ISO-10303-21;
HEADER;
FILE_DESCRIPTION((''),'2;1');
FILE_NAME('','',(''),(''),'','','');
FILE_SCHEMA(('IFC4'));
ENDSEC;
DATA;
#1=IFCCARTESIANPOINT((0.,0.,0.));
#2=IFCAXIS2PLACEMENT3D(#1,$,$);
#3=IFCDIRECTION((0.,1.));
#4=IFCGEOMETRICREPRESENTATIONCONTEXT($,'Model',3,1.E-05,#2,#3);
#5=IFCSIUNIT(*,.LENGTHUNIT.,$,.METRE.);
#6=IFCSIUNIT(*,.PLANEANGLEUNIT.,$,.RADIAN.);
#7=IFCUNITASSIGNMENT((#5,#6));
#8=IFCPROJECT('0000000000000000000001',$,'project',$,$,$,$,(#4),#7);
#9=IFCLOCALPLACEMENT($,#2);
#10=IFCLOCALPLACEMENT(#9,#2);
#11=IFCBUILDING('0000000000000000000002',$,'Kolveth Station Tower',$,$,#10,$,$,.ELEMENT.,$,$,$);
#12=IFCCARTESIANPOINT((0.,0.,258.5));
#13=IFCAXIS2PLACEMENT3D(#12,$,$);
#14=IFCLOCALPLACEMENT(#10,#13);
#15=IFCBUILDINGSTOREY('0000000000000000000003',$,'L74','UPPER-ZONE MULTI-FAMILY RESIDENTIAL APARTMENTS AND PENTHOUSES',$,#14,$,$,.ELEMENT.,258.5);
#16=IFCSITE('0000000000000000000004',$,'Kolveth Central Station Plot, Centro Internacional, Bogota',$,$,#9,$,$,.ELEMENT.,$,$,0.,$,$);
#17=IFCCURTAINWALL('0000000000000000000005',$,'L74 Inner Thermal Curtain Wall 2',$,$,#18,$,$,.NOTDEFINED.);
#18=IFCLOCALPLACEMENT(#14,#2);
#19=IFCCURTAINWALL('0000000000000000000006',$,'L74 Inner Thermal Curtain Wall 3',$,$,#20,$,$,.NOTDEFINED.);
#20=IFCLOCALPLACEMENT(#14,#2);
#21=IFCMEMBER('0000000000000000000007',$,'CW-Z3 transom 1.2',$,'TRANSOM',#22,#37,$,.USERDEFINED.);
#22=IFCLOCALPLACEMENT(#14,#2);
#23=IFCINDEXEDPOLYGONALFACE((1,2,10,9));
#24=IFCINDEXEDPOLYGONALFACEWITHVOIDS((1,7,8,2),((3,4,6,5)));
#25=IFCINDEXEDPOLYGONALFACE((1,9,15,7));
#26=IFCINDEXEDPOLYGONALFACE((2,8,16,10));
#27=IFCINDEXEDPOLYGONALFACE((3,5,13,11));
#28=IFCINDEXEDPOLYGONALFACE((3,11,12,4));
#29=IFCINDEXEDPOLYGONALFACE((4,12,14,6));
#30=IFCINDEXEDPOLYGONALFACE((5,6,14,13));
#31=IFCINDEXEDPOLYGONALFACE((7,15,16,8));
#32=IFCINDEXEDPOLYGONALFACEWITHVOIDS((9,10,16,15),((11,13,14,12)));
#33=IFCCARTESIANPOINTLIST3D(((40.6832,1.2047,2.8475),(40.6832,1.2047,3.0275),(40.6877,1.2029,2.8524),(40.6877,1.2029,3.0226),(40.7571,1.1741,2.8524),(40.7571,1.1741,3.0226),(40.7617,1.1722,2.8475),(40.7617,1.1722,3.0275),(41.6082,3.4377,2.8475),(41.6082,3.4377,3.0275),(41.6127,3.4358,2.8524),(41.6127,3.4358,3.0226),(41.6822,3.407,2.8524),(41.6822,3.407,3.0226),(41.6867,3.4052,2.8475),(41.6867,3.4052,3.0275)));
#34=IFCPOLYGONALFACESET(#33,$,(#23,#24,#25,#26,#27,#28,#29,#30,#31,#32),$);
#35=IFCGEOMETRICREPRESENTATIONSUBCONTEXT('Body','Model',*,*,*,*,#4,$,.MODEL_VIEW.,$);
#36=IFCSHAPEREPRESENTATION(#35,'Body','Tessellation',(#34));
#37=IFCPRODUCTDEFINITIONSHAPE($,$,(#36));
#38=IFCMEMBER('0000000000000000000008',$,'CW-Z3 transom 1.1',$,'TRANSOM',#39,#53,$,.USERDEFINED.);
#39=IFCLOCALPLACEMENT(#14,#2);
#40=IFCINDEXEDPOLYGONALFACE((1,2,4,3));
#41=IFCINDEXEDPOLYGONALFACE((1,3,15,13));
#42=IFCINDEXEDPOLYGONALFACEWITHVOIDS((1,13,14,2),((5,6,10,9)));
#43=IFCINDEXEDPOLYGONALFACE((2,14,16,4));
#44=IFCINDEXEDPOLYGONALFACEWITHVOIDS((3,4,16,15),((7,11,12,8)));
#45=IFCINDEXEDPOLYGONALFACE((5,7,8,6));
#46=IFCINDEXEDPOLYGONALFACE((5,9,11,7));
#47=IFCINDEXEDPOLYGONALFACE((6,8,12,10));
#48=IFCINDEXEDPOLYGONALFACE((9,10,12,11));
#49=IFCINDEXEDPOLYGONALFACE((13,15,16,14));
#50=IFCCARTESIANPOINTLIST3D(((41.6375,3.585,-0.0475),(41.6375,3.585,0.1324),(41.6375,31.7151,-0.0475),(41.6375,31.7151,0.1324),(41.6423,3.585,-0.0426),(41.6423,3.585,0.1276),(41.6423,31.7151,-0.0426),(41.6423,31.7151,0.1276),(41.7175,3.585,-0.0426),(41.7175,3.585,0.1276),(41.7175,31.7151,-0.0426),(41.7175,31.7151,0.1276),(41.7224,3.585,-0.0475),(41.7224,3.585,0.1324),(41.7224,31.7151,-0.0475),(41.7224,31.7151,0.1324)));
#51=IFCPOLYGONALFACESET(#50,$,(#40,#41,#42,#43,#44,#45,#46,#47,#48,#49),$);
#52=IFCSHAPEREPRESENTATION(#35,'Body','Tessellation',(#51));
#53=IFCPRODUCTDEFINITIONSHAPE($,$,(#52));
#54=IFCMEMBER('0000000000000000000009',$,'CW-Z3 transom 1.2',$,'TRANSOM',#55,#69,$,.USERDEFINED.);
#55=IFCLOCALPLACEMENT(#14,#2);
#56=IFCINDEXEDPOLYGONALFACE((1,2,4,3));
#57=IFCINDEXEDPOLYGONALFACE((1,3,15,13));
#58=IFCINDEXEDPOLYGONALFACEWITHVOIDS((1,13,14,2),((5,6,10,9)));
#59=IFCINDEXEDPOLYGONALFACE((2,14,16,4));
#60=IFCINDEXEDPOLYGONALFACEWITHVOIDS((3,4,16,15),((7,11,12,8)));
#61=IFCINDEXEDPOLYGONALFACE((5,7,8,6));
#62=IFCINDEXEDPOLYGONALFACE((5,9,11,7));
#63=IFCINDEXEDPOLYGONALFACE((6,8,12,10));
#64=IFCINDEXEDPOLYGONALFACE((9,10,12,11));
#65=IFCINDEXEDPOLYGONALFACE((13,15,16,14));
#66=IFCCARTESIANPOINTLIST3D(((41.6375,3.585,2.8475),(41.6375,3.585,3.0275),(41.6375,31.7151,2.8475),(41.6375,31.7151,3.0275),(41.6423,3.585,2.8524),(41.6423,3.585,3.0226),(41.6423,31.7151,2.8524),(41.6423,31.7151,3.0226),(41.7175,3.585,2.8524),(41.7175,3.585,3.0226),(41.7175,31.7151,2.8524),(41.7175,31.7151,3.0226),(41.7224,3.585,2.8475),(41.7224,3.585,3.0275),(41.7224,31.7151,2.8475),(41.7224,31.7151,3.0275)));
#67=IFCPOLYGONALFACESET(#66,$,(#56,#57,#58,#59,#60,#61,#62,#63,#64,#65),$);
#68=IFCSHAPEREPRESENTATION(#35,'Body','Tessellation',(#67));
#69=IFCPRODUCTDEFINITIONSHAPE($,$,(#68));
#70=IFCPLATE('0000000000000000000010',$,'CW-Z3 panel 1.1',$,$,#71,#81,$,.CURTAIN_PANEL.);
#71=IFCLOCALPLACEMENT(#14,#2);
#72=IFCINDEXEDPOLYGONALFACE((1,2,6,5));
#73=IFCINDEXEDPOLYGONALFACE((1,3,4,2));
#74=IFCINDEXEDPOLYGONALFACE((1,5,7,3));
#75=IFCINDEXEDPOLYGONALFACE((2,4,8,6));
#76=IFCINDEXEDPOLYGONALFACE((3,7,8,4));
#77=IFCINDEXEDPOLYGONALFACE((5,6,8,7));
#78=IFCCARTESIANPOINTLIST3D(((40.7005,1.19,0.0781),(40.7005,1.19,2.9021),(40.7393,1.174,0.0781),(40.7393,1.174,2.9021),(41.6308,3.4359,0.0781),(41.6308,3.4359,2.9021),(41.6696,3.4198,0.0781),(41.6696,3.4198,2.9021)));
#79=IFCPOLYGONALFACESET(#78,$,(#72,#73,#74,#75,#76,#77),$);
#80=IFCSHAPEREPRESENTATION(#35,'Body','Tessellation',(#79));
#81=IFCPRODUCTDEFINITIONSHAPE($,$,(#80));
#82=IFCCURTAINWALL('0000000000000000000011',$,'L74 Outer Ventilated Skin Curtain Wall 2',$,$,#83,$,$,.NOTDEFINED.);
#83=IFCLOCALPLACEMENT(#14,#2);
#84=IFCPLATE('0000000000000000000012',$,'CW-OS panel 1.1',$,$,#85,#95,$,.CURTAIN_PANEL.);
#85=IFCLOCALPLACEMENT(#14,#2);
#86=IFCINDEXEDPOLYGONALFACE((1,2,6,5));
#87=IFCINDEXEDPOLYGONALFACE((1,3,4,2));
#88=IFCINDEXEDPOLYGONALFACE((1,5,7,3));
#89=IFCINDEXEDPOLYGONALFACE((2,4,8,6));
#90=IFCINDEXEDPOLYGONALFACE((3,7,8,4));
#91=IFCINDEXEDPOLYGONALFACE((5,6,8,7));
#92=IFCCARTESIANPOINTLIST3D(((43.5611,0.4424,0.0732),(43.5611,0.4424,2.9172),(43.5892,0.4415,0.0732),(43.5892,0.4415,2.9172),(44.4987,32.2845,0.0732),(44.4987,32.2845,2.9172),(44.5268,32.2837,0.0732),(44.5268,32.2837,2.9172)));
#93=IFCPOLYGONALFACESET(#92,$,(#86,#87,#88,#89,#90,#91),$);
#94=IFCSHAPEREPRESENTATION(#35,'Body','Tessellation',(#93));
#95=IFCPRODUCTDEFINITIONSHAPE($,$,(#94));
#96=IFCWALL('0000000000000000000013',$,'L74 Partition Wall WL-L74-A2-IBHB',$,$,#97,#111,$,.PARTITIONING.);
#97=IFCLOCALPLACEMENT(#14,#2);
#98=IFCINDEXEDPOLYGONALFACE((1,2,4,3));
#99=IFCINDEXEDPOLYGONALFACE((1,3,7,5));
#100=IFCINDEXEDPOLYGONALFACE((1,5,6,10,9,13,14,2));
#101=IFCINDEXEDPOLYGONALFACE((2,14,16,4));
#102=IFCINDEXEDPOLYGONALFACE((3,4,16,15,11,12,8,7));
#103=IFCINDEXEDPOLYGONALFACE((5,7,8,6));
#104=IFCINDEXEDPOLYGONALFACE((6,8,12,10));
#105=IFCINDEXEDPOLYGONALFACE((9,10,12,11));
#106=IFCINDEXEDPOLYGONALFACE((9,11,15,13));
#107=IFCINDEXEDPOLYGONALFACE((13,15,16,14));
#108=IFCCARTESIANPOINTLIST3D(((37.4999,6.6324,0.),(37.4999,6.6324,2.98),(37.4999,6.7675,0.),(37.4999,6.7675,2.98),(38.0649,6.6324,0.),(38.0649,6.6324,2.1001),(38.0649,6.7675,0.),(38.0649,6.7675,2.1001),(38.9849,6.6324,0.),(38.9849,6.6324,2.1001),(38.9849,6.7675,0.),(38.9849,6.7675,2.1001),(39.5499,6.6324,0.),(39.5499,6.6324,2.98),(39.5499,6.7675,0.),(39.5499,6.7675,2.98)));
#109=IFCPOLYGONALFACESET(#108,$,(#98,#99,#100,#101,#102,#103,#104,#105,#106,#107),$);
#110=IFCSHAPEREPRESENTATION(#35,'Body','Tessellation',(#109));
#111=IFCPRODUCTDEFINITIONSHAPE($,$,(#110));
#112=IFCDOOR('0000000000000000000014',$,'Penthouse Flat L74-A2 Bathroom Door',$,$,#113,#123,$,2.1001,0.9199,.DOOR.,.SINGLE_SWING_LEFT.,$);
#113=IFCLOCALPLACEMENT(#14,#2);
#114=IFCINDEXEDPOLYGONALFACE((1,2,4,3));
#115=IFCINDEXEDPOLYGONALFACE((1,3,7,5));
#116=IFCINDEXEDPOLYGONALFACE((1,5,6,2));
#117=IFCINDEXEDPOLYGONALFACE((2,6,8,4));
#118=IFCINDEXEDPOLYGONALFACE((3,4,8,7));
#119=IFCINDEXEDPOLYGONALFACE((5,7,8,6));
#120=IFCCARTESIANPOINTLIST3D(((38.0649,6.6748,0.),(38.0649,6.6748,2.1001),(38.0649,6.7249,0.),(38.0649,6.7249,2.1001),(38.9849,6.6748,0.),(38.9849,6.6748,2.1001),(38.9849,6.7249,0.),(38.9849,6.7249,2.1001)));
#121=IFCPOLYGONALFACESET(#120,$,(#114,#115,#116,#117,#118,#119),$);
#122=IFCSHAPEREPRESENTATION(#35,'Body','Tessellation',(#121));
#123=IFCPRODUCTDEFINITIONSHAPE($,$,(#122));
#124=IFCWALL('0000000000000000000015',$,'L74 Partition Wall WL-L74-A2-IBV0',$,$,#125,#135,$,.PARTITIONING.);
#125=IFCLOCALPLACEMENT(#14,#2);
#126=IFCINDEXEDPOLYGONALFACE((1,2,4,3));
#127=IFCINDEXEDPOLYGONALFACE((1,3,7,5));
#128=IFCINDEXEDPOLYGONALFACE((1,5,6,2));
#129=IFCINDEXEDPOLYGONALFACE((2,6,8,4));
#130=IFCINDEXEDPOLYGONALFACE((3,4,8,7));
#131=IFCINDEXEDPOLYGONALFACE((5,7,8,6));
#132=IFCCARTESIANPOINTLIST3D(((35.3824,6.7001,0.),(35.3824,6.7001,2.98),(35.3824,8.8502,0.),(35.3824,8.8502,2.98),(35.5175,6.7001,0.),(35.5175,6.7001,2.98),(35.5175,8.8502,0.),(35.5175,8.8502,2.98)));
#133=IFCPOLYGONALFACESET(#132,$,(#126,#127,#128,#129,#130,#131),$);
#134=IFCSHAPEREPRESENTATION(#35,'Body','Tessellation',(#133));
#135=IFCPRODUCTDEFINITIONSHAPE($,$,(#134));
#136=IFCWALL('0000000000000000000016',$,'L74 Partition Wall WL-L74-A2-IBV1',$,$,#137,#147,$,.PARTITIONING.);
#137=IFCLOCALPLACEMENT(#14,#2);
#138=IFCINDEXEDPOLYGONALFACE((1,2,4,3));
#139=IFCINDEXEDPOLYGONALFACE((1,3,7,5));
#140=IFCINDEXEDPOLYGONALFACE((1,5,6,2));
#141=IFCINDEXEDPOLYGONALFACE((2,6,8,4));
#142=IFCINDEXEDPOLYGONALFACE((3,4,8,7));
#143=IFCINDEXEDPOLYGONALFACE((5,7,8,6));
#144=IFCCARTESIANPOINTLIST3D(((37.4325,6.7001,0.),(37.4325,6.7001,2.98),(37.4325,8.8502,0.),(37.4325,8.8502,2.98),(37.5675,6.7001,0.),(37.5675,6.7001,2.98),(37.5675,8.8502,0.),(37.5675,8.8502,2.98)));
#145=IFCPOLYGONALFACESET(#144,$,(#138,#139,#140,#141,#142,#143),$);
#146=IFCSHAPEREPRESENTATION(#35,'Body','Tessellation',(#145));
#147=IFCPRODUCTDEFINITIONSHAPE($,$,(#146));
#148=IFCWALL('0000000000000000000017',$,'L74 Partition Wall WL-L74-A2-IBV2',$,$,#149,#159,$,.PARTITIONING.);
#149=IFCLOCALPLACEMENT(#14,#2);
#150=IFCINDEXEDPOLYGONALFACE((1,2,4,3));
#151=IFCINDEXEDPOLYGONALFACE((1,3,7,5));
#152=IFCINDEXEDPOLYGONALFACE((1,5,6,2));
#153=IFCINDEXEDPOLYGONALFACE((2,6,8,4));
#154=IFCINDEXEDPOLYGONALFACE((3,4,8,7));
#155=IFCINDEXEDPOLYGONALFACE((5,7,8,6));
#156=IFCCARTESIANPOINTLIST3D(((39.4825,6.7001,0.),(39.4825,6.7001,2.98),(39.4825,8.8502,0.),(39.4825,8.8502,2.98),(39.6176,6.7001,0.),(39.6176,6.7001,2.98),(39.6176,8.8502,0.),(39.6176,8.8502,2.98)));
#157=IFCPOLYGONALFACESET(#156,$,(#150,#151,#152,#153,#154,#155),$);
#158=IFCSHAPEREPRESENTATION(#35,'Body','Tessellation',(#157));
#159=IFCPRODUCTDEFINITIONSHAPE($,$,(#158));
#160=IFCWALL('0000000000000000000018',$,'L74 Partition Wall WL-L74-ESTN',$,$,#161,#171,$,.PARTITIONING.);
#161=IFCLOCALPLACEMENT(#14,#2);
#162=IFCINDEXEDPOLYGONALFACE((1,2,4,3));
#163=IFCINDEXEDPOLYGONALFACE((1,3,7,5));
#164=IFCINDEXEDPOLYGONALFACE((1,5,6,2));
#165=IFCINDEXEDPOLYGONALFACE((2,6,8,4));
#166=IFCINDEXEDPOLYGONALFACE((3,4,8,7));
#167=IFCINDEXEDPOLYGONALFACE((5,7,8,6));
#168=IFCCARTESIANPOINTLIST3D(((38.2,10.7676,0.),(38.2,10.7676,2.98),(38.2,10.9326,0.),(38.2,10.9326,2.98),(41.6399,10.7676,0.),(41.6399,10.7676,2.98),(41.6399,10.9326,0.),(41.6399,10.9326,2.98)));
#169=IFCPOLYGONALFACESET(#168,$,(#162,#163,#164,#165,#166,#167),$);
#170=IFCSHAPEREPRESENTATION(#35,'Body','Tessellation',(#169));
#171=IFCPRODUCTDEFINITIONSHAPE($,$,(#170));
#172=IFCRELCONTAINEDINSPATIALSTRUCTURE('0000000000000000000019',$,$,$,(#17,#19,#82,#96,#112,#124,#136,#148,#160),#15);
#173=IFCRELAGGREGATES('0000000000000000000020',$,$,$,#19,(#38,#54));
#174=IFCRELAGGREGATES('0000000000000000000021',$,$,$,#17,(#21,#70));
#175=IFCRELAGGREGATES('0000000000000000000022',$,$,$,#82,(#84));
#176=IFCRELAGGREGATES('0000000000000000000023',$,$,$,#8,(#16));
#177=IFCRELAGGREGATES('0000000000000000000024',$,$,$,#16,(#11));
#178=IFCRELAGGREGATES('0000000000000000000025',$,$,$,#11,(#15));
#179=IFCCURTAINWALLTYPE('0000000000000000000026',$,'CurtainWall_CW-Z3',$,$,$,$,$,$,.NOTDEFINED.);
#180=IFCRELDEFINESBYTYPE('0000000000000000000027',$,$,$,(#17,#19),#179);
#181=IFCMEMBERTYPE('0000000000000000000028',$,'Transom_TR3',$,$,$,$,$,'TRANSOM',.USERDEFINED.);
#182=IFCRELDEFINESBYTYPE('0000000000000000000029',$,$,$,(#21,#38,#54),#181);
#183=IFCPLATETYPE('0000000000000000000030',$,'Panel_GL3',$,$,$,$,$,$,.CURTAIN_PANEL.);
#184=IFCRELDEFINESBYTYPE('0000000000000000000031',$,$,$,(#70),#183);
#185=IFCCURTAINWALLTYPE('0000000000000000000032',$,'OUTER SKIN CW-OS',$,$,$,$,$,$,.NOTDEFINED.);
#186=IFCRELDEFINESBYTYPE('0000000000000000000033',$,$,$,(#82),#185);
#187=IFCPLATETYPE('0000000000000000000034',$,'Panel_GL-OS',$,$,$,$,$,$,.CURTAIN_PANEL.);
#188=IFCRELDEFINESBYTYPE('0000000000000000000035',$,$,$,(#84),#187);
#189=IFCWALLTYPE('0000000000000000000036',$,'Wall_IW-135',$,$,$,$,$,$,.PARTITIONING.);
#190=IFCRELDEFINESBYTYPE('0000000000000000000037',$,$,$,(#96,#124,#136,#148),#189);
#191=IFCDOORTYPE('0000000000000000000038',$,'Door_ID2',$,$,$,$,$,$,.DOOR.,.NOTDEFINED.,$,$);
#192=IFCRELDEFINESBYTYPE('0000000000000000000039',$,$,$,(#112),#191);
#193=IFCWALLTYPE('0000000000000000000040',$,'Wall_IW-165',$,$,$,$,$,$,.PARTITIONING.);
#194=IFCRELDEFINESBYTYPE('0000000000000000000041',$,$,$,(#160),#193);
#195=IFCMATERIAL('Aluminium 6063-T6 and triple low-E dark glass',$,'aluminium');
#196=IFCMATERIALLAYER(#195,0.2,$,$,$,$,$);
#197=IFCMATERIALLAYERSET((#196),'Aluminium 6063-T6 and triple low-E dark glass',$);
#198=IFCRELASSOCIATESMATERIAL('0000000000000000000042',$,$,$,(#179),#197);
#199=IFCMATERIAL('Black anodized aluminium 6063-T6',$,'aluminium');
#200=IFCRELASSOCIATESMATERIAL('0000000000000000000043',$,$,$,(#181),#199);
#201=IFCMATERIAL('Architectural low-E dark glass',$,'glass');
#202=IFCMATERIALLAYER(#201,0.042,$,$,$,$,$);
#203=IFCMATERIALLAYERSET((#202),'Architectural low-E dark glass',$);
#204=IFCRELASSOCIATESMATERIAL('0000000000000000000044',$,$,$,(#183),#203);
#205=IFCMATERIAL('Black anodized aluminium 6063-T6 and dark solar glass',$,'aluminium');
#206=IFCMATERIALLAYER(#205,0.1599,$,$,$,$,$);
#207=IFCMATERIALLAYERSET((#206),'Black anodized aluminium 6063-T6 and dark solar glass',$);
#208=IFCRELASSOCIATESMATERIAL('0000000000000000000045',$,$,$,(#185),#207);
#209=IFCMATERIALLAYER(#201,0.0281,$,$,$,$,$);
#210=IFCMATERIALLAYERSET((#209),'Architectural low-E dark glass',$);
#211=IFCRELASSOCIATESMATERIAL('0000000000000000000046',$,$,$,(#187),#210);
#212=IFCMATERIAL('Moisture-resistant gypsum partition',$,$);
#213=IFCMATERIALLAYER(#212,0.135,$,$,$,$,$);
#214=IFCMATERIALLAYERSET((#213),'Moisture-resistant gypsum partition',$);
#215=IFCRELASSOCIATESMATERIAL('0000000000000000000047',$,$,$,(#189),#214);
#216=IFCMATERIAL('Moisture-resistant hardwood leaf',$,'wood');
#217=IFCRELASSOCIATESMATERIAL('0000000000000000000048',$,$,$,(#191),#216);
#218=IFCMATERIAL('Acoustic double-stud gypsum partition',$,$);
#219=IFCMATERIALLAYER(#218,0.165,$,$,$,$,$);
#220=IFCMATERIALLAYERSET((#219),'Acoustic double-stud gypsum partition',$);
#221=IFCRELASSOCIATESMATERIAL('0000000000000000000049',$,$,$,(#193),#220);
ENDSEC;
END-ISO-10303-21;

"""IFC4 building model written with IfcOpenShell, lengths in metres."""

from ifc_helpers import new_model, si_unit, direction, frame, frame_2d, origin, origin_2d, place, context, subcontext, project, spatial, rectangle, hollow_rectangle, extrude, source, transform, mapped, material, layer, layer_set, material_profile, profile_set, type_object, element, fill, aggregate, save


model = new_model("IFC4")

# Units and contexts
model_context = context("Model", 3, precision=1e-05, world=origin(), true_north=direction((0.0, 1.0)))
body_context = subcontext(model_context, "Body", "Model", "MODEL_VIEW")
ifc_project = project(units=[si_unit("LENGTHUNIT", "METRE"), si_unit("PLANEANGLEUNIT", "RADIAN")], contexts=[model_context])

# Site, building, storey
site_placement = place(None, origin())
site = spatial("IfcSite", under=ifc_project, at=site_placement, Name="Kolveth Central Station Plot, Centro Internacional, Bogota", CompositionType="ELEMENT", RefElevation=0.0)
building_placement = place(site_placement, origin())
building = spatial("IfcBuilding", under=site, at=building_placement, Name="Kolveth Station Tower", CompositionType="ELEMENT")
storey_placement = place(building_placement, frame((0.0, 0.0, 258.5)))
storey = spatial("IfcBuildingStorey", under=building, at=storey_placement, Name="L74", Description="UPPER-ZONE MULTI-FAMILY RESIDENTIAL APARTMENTS AND PENTHOUSES", CompositionType="ELEMENT", Elevation=258.5)

# Curtain wall
ifc_material_1 = material(Name="Aluminium 6063-T6 and triple low-E dark glass", Category="aluminium")
ifc_layer_1 = layer(ifc_material_1, 0.2)
ifc_layer_set_1 = layer_set([ifc_layer_1], Name="Aluminium 6063-T6 and triple low-E dark glass")
curtain_wall_type_1 = type_object("IfcCurtainWallType", Name="CurtainWall_CW-Z3", PredefinedType="NOTDEFINED", material=ifc_layer_set_1)
curtain_wall_1_placement = place(storey_placement, origin())
curtain_wall_1 = element("IfcCurtainWall", 1, at=curtain_wall_1_placement, inside=storey, type_object=curtain_wall_type_1, Name="L74 Inner Thermal Curtain Wall 2", PredefinedType="NOTDEFINED")
ifc_material_2 = material(Name="Black anodized aluminium 6063-T6", Category="aluminium")

# Curtain wall
curtain_wall_2_placement = place(storey_placement, origin())
curtain_wall_2 = element("IfcCurtainWall", 2, at=curtain_wall_2_placement, inside=storey, type_object=curtain_wall_type_1, Name="L74 Inner Thermal Curtain Wall 3", PredefinedType="NOTDEFINED")

# Members
ifc_material_profile_1 = material_profile(ifc_material_2, hollow_rectangle(XDim=0.085, YDim=0.1799, WallThickness=0.0049, at=origin_2d()), Name="ALU-85x180x5")
ifc_profile_set_1 = profile_set([ifc_material_profile_1], Name="Black anodized aluminium 6063-T6")
member_type_1 = type_object("IfcMemberType", Name="Transom_TR3", ElementType="TRANSOM", PredefinedType="USERDEFINED", material=ifc_profile_set_1)
shared_shape_1 = source(origin(), body_context, "Body", "SweptSolid", [
    extrude(hollow_rectangle(XDim=0.085, YDim=0.1799, WallThickness=0.0049, at=origin_2d()), origin(), (0.0, 0.0, 1.0), 2.417),
])
member_1_placement = place(storey_placement, frame((40.7224, 1.1885, 2.9375), z_axis=(0.382735, 0.923858, 0.0), x_axis=(-0.923858, 0.382735, 0.0)))
member_1 = element("IfcMember", 3, at=member_1_placement, type_object=member_type_1, Name="CW-Z3 transom 1.2", ObjectType="TRANSOM", PredefinedType="USERDEFINED", context=body_context, shape_type="MappedRepresentation", body=[
    mapped(shared_shape_1, transform((0.0, 0.0, 0.0), x_axis=(1.0, 0.0, 0.0), y_axis=(0.0, 1.0, 0.0), z_axis=(0.0, 0.0, 1.0), scale=1.0)),
])
shared_shape_2 = source(origin(), body_context, "Body", "SweptSolid", [
    extrude(hollow_rectangle(XDim=0.085, YDim=0.1799, WallThickness=0.0049, at=origin_2d()), origin(), (0.0, 0.0, 1.0), 28.1301),
])
member_2_placement = place(storey_placement, frame((41.6799, 3.585, 0.0425), z_axis=(0.0, 1.0, 0.0), x_axis=(-1.0, 0.0, 0.0)))
member_2 = element("IfcMember", 4, at=member_2_placement, type_object=member_type_1, Name="CW-Z3 transom 1.1", ObjectType="TRANSOM", PredefinedType="USERDEFINED", context=body_context, shape_type="MappedRepresentation", body=[
    mapped(shared_shape_2, transform((0.0, 0.0, 0.0), x_axis=(1.0, 0.0, 0.0), y_axis=(0.0, 1.0, 0.0), z_axis=(0.0, 0.0, 1.0), scale=1.0)),
])
member_3_placement = place(storey_placement, frame((41.6799, 3.585, 2.9375), z_axis=(0.0, 1.0, 0.0), x_axis=(-1.0, 0.0, 0.0)))
member_3 = element("IfcMember", 5, at=member_3_placement, type_object=member_type_1, Name="CW-Z3 transom 1.2", ObjectType="TRANSOM", PredefinedType="USERDEFINED", context=body_context, shape_type="MappedRepresentation", body=[
    mapped(shared_shape_2, transform((0.0, 0.0, 0.0), x_axis=(1.0, 0.0, 0.0), y_axis=(0.0, 1.0, 0.0), z_axis=(0.0, 0.0, 1.0), scale=1.0)),
])
aggregate(curtain_wall_2, [member_2, member_3])

# Plate
ifc_material_3 = material(Name="Architectural low-E dark glass", Category="glass")
ifc_layer_2 = layer(ifc_material_3, 0.042)
ifc_layer_set_2 = layer_set([ifc_layer_2], Name="Architectural low-E dark glass")
plate_type_1 = type_object("IfcPlateType", Name="Panel_GL3", PredefinedType="CURTAIN_PANEL", material=ifc_layer_set_2)
shared_shape_3 = source(origin(), body_context, "Body", "SweptSolid", [
    extrude(rectangle(XDim=2.4309, YDim=0.042, at=origin_2d()), origin(), (0.0, 0.0, 1.0), 2.824),
])
plate_1_placement = place(storey_placement, frame((41.1851, 2.3049, 0.0781), z_axis=(0.0, 0.0, 1.0), x_axis=(0.382693, 0.923875, 0.0)))
plate_1 = element("IfcPlate", 6, at=plate_1_placement, type_object=plate_type_1, Name="CW-Z3 panel 1.1", PredefinedType="CURTAIN_PANEL", context=body_context, shape_type="MappedRepresentation", body=[
    mapped(shared_shape_3, transform((0.0, 0.0, 0.0), x_axis=(1.0, 0.0, 0.0), y_axis=(0.0, 1.0, 0.0), z_axis=(0.0, 0.0, 1.0), scale=1.0)),
])
aggregate(curtain_wall_1, [member_1, plate_1])

# Curtain wall, plate
ifc_material_4 = material(Name="Black anodized aluminium 6063-T6 and dark solar glass", Category="aluminium")
ifc_layer_3 = layer(ifc_material_4, 0.1599)
ifc_layer_set_3 = layer_set([ifc_layer_3], Name="Black anodized aluminium 6063-T6 and dark solar glass")
curtain_wall_type_2 = type_object("IfcCurtainWallType", Name="OUTER SKIN CW-OS", PredefinedType="NOTDEFINED", material=ifc_layer_set_3)
curtain_wall_3_placement = place(storey_placement, origin())
curtain_wall_3 = element("IfcCurtainWall", 7, at=curtain_wall_3_placement, inside=storey, type_object=curtain_wall_type_2, Name="L74 Outer Ventilated Skin Curtain Wall 2", PredefinedType="NOTDEFINED")
ifc_layer_4 = layer(ifc_material_3, 0.0281)
ifc_layer_set_4 = layer_set([ifc_layer_4], Name="Architectural low-E dark glass")
plate_type_2 = type_object("IfcPlateType", Name="Panel_GL-OS", PredefinedType="CURTAIN_PANEL", material=ifc_layer_set_4)
shared_shape_4 = source(origin(), body_context, "Body", "SweptSolid", [
    extrude(rectangle(XDim=31.856, YDim=0.0281, at=origin_2d()), origin(), (0.0, 0.0, 1.0), 2.844),
])
plate_2_placement = place(storey_placement, frame((44.0439, 16.363, 0.0732), z_axis=(0.0, 0.0, 1.0), x_axis=(0.029433, 0.999567, 0.0)))
plate_2 = element("IfcPlate", 8, at=plate_2_placement, type_object=plate_type_2, Name="CW-OS panel 1.1", PredefinedType="CURTAIN_PANEL", context=body_context, shape_type="MappedRepresentation", body=[
    mapped(shared_shape_4, transform((0.0, 0.0, 0.0), x_axis=(1.0, 0.0, 0.0), y_axis=(0.0, 1.0, 0.0), z_axis=(0.0, 0.0, 1.0), scale=1.0)),
])
aggregate(curtain_wall_3, [plate_2])

# Wall, opening, door
ifc_material_5 = material(Name="Moisture-resistant gypsum partition")
ifc_layer_5 = layer(ifc_material_5, 0.135)
ifc_layer_set_5 = layer_set([ifc_layer_5], Name="Moisture-resistant gypsum partition")
wall_type_1 = type_object("IfcWallType", Name="Wall_IW-135", PredefinedType="PARTITIONING", material=ifc_layer_set_5)
wall_1_placement = place(storey_placement, frame((37.5, 6.7, 0.0), z_axis=(0.0, 0.0, 1.0), x_axis=(1.0, 0.0, 0.0)))
wall_1 = element("IfcWall", 9, at=wall_1_placement, inside=storey, type_object=wall_type_1, Name="L74 Partition Wall WL-L74-A2-IBHB", PredefinedType="PARTITIONING", context=body_context, shape_type="SweptSolid", body=[
    extrude(rectangle(XDim=2.05, YDim=0.135, at=frame_2d((1.0249, 0.0))), origin(), (0.0, 0.0, 1.0), 2.98),
])
opening_1_placement = place(wall_1_placement, frame((0.5649, 0.0, 0.0)))
opening_1 = element("IfcOpeningElement", 10, at=opening_1_placement, cuts=wall_1, PredefinedType="OPENING", context=body_context, shape_type="SweptSolid", body=[
    extrude(rectangle(XDim=0.9199, YDim=2.1001, at=frame_2d((0.46, 1.05))), frame((0.0, 0.0774, 0.0), z_axis=(0.0, -1.0, 0.0), x_axis=(1.0, 0.0, 0.0)), (0.0, 0.0, 1.0), 0.155),
])
ifc_material_6 = material(Name="Moisture-resistant hardwood leaf", Category="wood")
door_type_1 = type_object("IfcDoorType", Name="Door_ID2", OperationType="NOTDEFINED", PredefinedType="DOOR", material=ifc_material_6)
door_1_placement = place(opening_1_placement, origin())
door_1 = element("IfcDoor", 11, at=door_1_placement, inside=storey, type_object=door_type_1, Name="Penthouse Flat L74-A2 Bathroom Door", OperationType="SINGLE_SWING_LEFT", OverallHeight=2.1001, OverallWidth=0.9199, PredefinedType="DOOR", context=body_context, shape_type="SweptSolid", body=[
    extrude(rectangle(XDim=0.9199, YDim=2.1001, at=frame_2d((0.46, 1.05))), frame((0.0, 0.0249, 0.0), z_axis=(0.0, -1.0, 0.0), x_axis=(1.0, 0.0, 0.0)), (0.0, 0.0, 1.0), 0.05),
])
fill(opening_1, door_1)

# Walls
for number, where, z_axis, x_axis, name in (
    (12, (35.45, 6.7, 0.0), (0.0, 0.0, 1.0), (0.0, 1.0, 0.0), "L74 Partition Wall WL-L74-A2-IBV0"),
    (13, (37.5, 6.7, 0.0), (0.0, 0.0, 1.0), (0.0, 1.0, 0.0), "L74 Partition Wall WL-L74-A2-IBV1"),
    (14, (39.55, 6.7, 0.0), (0.0, 0.0, 1.0), (0.0, 1.0, 0.0), "L74 Partition Wall WL-L74-A2-IBV2"),
):
    element("IfcWall", number, at=place(storey_placement, frame(where, z_axis=z_axis, x_axis=x_axis)), inside=storey, type_object=wall_type_1, Name=name, PredefinedType="PARTITIONING", context=body_context, shape_type="SweptSolid", body=[
        extrude(rectangle(XDim=2.1501, YDim=0.135, at=frame_2d((1.0752, 0.0))), origin(), (0.0, 0.0, 1.0), 2.98),
    ])

# Shared definitions
ifc_material_7 = material(Name="Acoustic double-stud gypsum partition")
ifc_layer_6 = layer(ifc_material_7, 0.165)
ifc_layer_set_6 = layer_set([ifc_layer_6], Name="Acoustic double-stud gypsum partition")
wall_type_2 = type_object("IfcWallType", Name="Wall_IW-165", PredefinedType="PARTITIONING", material=ifc_layer_set_6)

# Wall
wall_2_placement = place(storey_placement, frame((38.2, 10.8501, 0.0), z_axis=(0.0, 0.0, 1.0), x_axis=(1.0, 0.0, 0.0)))
element("IfcWall", 15, at=wall_2_placement, inside=storey, type_object=wall_type_2, Name="L74 Partition Wall WL-L74-ESTN", PredefinedType="PARTITIONING", context=body_context, shape_type="SweptSolid", body=[
    extrude(rectangle(XDim=3.4399, YDim=0.165, at=frame_2d((1.72, 0.0))), origin(), (0.0, 0.0, 1.0), 2.98),
])

save(model, "model.ifc")
